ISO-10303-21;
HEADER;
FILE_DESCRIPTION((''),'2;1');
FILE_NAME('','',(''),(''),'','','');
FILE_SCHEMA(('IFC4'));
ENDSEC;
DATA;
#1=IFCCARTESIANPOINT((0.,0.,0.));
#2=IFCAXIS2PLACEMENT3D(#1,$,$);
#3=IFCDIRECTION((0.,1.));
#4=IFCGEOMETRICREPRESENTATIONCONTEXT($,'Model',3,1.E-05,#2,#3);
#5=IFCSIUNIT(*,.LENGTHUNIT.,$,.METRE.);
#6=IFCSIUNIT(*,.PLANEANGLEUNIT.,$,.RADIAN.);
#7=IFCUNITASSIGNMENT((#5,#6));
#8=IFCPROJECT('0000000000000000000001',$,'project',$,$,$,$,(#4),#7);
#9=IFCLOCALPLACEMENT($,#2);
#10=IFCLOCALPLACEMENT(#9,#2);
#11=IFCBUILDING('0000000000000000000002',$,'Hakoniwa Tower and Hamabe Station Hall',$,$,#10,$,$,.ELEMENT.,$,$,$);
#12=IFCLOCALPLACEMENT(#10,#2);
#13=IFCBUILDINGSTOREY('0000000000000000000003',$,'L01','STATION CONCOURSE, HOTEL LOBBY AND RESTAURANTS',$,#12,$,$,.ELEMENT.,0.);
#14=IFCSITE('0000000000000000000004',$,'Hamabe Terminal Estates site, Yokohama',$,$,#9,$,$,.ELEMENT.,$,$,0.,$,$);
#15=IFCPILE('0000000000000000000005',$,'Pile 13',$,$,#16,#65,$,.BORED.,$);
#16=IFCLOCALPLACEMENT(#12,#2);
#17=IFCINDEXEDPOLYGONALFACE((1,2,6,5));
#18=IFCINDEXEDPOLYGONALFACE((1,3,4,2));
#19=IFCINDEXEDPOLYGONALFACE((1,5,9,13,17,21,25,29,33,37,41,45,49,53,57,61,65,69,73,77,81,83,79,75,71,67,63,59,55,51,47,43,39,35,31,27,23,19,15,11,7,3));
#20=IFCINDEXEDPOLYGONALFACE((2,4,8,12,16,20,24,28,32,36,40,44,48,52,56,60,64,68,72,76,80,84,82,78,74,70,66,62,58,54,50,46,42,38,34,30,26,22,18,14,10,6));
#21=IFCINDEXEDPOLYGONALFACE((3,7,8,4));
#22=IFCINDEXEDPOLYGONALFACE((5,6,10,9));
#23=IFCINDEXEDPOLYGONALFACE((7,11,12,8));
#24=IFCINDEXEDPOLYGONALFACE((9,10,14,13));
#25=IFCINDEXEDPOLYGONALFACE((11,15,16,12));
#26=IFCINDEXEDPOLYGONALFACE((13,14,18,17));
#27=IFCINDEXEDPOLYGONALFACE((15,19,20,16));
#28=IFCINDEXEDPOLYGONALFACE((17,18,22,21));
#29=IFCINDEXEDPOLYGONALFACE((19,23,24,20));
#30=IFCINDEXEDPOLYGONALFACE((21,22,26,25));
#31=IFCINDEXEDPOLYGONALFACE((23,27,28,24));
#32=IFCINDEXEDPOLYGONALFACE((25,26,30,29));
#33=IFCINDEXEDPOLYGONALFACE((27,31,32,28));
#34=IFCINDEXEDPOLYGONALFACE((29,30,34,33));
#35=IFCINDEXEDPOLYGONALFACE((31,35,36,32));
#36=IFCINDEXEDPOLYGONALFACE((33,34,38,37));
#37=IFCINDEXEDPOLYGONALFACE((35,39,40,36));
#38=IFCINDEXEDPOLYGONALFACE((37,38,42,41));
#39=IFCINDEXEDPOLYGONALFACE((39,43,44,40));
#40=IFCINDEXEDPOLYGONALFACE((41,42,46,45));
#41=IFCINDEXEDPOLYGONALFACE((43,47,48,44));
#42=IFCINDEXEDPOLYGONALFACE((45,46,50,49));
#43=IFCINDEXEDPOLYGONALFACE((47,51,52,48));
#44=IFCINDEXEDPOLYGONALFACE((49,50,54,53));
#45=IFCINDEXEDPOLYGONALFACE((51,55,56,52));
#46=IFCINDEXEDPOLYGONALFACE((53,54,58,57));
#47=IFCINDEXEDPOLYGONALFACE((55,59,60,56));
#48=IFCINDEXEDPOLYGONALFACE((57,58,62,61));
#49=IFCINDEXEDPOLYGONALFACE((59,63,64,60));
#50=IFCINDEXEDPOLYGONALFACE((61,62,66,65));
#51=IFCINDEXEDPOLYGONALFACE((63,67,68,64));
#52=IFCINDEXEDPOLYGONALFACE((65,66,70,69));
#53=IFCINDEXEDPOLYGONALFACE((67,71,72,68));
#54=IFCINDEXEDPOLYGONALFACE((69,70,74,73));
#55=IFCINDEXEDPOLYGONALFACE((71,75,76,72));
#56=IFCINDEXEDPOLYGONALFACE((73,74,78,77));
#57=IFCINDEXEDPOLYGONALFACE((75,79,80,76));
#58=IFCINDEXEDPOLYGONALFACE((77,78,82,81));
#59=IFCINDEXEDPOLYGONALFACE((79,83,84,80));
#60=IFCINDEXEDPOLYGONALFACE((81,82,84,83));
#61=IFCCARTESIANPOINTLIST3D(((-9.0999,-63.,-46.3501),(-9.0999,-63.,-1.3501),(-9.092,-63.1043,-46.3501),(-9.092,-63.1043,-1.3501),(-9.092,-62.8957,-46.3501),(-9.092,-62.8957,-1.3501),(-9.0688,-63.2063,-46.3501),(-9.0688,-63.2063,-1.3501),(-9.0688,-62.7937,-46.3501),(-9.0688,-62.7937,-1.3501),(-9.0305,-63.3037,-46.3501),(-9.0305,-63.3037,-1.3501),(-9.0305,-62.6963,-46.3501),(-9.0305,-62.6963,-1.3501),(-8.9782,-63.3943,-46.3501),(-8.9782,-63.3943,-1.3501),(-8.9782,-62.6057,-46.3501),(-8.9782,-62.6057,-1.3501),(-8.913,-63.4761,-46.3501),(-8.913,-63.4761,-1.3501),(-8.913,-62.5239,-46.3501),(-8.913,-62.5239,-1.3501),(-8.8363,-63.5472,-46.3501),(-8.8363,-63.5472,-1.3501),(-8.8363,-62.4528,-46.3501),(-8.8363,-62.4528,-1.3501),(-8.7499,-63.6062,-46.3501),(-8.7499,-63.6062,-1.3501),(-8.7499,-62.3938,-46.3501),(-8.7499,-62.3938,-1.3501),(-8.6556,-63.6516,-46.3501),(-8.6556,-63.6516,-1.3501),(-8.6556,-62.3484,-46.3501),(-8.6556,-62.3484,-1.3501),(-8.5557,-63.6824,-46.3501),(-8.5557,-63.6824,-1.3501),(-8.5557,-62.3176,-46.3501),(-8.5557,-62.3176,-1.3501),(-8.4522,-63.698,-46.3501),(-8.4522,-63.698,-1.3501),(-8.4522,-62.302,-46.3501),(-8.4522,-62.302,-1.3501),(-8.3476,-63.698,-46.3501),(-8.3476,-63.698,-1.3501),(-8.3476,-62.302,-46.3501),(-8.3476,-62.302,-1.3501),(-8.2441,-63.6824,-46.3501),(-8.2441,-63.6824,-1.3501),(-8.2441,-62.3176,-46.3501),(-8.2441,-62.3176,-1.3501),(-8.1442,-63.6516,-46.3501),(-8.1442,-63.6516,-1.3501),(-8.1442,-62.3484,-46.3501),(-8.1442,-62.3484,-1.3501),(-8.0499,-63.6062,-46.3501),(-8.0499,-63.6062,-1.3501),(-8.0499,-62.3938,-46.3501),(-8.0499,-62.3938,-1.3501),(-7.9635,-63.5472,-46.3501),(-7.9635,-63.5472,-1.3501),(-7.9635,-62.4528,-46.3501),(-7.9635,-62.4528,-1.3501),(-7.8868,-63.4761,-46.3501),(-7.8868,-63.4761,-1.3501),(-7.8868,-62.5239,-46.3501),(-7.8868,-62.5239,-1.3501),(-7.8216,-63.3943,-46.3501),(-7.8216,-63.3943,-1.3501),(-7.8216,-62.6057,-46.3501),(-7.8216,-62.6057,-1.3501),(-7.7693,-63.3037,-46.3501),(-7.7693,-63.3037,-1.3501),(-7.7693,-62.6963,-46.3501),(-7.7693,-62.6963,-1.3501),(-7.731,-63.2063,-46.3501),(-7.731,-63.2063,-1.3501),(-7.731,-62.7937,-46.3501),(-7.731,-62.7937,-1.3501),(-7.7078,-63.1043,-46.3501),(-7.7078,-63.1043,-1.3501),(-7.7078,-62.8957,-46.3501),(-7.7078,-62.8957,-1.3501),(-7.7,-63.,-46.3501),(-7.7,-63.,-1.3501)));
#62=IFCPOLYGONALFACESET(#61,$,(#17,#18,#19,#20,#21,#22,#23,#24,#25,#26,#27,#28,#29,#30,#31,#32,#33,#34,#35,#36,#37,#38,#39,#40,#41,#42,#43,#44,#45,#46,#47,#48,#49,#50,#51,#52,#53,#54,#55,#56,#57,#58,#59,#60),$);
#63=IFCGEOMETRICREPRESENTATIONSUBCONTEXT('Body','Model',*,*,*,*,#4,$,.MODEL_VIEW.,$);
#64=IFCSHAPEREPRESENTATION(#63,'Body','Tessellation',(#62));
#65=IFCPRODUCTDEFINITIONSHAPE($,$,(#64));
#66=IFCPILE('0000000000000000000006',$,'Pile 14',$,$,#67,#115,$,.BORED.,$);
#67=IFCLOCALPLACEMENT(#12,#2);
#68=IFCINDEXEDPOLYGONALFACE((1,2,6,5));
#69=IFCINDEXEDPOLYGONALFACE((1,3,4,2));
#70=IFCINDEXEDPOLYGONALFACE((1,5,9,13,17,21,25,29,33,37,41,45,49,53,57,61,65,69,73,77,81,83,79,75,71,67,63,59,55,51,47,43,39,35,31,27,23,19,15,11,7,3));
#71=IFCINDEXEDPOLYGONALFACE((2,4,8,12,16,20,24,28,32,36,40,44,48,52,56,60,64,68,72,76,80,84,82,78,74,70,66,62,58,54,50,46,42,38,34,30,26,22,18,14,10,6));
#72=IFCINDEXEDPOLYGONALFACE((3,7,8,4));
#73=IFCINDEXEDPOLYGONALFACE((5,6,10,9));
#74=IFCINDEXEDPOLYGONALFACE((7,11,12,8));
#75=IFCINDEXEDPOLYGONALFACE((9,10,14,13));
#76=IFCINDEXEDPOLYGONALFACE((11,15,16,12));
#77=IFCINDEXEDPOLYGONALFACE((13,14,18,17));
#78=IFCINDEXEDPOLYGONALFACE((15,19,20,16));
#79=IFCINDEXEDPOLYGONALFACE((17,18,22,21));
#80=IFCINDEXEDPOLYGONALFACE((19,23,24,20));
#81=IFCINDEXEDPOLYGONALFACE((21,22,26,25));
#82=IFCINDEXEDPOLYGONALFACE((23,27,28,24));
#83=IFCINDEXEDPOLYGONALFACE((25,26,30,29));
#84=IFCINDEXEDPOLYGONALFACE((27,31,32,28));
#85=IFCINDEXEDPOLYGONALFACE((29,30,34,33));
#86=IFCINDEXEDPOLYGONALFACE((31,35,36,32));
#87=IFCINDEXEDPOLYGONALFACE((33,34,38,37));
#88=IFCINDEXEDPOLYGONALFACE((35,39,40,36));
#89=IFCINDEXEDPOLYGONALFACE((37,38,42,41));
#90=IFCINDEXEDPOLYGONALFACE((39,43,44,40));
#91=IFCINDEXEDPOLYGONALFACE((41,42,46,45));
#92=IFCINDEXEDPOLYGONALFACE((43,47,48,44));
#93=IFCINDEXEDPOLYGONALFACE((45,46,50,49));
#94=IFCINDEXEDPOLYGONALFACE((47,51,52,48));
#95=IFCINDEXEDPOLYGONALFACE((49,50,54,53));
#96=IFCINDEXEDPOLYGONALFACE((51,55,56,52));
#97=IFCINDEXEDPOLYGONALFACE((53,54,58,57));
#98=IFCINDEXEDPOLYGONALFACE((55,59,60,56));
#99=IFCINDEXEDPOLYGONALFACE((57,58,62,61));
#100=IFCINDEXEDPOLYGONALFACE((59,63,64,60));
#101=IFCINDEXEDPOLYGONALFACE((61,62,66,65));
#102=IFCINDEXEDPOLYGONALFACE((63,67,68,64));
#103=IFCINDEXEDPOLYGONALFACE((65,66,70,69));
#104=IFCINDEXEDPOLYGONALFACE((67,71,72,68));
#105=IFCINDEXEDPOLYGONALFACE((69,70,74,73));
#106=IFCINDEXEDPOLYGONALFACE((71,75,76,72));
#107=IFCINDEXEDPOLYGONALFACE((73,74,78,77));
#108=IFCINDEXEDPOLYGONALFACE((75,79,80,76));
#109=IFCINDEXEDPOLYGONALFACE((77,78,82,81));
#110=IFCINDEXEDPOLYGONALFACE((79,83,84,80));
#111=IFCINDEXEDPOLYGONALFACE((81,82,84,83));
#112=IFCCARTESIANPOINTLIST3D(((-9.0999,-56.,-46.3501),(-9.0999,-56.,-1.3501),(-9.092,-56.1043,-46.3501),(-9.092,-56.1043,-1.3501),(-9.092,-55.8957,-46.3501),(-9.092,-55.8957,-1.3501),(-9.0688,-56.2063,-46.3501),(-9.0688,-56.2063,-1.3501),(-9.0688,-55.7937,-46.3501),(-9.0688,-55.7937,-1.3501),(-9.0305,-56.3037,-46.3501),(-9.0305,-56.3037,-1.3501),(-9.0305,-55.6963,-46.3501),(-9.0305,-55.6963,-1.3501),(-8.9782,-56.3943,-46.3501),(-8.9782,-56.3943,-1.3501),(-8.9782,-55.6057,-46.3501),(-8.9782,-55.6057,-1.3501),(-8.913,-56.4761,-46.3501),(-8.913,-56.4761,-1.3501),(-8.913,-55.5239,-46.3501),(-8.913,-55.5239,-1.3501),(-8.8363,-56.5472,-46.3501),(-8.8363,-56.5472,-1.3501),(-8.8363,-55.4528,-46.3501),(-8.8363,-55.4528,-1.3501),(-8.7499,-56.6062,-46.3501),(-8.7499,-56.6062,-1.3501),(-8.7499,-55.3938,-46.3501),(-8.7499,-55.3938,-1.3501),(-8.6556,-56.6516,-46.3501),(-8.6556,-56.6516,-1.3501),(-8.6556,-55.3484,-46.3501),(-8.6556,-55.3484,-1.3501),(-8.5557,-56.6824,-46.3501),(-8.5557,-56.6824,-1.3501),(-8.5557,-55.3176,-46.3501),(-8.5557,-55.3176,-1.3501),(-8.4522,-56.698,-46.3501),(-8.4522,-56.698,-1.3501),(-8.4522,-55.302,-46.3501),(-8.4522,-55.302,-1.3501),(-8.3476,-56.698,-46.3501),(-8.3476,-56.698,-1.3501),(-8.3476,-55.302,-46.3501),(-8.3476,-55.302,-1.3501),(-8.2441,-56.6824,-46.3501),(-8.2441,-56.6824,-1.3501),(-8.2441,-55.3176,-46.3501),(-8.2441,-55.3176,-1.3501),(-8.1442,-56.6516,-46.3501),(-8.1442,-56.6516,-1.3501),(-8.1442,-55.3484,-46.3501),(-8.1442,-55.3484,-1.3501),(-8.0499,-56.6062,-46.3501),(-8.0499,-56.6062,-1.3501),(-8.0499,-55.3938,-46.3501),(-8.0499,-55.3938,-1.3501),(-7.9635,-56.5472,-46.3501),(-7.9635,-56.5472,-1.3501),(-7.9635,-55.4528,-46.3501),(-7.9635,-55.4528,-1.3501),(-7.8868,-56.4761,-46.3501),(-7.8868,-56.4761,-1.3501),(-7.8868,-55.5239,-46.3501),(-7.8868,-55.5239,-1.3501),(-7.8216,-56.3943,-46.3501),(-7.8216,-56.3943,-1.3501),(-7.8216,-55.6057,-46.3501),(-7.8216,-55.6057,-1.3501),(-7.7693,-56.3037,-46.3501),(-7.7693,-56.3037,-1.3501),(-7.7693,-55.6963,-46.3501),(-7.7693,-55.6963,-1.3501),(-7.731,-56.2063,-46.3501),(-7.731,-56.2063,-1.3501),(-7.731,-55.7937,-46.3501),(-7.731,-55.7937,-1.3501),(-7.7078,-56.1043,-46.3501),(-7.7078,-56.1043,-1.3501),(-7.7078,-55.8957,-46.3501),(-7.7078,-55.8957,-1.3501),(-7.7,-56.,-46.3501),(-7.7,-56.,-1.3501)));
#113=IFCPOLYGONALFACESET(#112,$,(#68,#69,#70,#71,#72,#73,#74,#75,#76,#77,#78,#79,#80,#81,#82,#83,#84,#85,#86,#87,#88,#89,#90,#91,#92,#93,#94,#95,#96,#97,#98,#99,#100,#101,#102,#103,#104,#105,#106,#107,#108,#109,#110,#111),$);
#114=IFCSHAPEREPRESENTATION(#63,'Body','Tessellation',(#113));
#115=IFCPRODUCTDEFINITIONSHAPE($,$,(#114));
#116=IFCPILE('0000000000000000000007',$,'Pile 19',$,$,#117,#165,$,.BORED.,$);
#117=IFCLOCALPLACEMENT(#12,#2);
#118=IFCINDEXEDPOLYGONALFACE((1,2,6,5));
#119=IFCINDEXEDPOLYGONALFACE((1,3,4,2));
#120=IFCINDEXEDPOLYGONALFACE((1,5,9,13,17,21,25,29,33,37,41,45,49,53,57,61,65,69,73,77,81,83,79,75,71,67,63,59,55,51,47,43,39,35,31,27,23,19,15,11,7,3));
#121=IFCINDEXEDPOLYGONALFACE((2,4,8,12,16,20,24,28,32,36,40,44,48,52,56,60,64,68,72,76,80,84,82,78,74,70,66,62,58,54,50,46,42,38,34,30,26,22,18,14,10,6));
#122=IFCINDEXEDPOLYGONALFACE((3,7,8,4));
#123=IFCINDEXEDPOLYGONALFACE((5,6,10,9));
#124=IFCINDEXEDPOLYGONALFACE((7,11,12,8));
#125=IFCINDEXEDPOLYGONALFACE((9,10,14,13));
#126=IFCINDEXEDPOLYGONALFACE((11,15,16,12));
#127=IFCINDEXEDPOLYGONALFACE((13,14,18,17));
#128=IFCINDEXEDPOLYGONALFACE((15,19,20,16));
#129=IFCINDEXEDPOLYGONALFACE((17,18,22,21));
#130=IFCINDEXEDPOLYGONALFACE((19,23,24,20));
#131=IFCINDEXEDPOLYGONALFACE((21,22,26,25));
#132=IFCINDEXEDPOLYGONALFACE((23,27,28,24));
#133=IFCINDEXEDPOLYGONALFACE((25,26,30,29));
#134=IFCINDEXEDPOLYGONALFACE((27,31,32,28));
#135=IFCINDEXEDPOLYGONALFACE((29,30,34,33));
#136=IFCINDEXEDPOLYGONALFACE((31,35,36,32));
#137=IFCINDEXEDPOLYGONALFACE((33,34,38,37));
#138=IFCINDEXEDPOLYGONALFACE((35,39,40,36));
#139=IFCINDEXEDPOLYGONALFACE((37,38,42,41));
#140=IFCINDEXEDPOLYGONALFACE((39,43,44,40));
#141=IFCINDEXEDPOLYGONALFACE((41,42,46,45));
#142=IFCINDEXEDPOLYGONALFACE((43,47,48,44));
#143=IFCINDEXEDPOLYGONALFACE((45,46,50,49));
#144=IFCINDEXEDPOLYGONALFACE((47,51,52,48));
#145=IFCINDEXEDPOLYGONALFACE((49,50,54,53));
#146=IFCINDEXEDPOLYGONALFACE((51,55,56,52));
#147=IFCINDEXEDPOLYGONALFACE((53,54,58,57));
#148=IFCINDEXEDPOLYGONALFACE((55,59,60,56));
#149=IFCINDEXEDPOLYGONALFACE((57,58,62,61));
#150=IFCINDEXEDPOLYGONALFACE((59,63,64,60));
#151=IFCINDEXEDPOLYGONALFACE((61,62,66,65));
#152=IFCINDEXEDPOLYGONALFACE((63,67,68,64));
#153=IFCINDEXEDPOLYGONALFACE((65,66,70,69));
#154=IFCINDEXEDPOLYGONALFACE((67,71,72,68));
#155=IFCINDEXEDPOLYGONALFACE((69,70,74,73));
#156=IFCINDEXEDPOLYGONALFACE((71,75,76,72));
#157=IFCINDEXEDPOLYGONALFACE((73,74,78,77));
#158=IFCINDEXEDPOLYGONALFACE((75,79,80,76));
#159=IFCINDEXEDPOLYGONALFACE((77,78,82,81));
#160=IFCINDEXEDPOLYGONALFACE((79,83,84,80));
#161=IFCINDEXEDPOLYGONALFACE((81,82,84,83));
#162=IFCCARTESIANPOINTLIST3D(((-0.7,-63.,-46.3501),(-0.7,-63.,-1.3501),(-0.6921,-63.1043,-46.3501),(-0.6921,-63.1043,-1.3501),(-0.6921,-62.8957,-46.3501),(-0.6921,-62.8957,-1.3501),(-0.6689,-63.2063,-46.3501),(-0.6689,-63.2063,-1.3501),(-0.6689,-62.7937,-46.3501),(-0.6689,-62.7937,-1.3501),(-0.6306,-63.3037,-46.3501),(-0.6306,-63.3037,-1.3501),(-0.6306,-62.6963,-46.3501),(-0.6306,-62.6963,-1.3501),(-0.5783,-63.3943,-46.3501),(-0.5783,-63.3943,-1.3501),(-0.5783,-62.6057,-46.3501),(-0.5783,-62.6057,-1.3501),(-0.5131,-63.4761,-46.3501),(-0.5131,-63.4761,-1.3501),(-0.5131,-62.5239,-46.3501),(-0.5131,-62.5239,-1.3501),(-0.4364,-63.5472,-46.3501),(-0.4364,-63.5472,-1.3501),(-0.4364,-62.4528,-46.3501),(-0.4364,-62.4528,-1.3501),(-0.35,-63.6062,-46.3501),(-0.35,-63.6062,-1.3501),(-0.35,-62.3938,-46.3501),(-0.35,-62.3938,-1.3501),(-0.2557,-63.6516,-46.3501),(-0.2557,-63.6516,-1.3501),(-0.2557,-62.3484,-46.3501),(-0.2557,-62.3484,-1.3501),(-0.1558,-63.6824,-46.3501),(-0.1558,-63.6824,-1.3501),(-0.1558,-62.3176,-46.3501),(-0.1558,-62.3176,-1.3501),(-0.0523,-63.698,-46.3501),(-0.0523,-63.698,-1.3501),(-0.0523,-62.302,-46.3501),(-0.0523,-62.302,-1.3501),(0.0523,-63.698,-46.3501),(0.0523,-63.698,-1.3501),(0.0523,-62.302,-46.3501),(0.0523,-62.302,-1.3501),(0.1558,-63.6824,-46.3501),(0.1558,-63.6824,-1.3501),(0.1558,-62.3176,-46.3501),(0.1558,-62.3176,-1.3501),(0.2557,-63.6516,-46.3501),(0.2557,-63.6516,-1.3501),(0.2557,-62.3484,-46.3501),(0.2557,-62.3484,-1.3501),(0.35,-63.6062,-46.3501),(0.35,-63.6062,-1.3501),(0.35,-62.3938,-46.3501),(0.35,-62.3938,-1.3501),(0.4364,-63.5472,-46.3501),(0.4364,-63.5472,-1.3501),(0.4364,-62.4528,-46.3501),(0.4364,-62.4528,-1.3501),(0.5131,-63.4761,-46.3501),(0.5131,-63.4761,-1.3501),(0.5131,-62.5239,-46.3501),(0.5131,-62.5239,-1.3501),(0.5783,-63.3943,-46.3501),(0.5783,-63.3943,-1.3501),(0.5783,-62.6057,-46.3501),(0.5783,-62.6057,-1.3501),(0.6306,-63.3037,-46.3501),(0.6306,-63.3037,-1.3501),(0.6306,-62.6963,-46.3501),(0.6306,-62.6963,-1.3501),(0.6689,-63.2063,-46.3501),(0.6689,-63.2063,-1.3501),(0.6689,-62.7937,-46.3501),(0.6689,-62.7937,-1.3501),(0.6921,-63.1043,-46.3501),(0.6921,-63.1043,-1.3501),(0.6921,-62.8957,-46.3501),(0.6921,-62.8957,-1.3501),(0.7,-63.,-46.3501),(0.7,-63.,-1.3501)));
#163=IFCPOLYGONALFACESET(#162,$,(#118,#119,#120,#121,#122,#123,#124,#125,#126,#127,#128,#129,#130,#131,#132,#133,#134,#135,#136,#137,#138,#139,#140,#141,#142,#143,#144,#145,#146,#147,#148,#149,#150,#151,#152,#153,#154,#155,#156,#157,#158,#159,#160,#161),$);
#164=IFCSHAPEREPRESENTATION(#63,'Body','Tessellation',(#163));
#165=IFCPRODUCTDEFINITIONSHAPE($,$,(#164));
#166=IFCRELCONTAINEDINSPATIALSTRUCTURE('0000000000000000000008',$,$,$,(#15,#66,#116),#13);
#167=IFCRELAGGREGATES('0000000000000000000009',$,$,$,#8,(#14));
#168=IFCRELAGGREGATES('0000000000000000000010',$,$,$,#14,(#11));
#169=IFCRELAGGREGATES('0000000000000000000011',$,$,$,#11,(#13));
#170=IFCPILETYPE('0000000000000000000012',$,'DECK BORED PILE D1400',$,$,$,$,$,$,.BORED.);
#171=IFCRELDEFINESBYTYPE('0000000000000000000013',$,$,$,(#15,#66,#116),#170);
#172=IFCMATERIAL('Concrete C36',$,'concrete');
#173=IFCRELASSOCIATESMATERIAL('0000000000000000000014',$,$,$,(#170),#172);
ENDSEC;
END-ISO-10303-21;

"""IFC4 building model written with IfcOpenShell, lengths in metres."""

from ifc_helpers import new_model, si_unit, direction, frame, origin, origin_2d, place, context, subcontext, project, spatial, circle, extrude, material, material_profile, profile_set, type_object, element, save


model = new_model("IFC4")

# Units and contexts
model_context = context("Model", 3, precision=1e-05, world=origin(), true_north=direction((0.0, 1.0)))
body_context = subcontext(model_context, "Body", "Model", "MODEL_VIEW")
ifc_project = project(units=[si_unit("LENGTHUNIT", "METRE"), si_unit("PLANEANGLEUNIT", "RADIAN")], contexts=[model_context])

# Site, building, storey
site_placement = place(None, origin())
site = spatial("IfcSite", under=ifc_project, at=site_placement, Name="Hamabe Terminal Estates site, Yokohama", CompositionType="ELEMENT", RefElevation=0.0)
building_placement = place(site_placement, origin())
building = spatial("IfcBuilding", under=site, at=building_placement, Name="Hakoniwa Tower and Hamabe Station Hall", CompositionType="ELEMENT")
storey_placement = place(building_placement, origin())
storey = spatial("IfcBuildingStorey", under=building, at=storey_placement, Name="L01", Description="STATION CONCOURSE, HOTEL LOBBY AND RESTAURANTS", CompositionType="ELEMENT", Elevation=0.0)

# Piles
ifc_material_1 = material(Name="Concrete C36", Category="concrete")
ifc_material_profile_1 = material_profile(ifc_material_1, circle(Radius=0.7, at=origin_2d()), Name="DECK BORED PILE D1400")
ifc_profile_set_1 = profile_set([ifc_material_profile_1], Name="Concrete C36")
pile_type_1 = type_object("IfcPileType", Name="DECK BORED PILE D1400", PredefinedType="BORED", material=ifc_profile_set_1)
for number, where, z_axis, x_axis, name in (
    (1, (-8.3999, -63.0, -1.3501), (0.0, 0.0, -1.0), (1.0, 0.0, 0.0), "Pile 13"),
    (2, (-8.3999, -56.0, -1.3501), (0.0, 0.0, -1.0), (1.0, 0.0, 0.0), "Pile 14"),
    (3, (0.0, -63.0, -1.3501), (0.0, 0.0, -1.0), (1.0, 0.0, 0.0), "Pile 19"),
):
    element("IfcPile", number, at=place(storey_placement, frame(where, z_axis=z_axis, x_axis=x_axis)), inside=storey, type_object=pile_type_1, Name=name, PredefinedType="BORED", context=body_context, shape_type="SweptSolid", body=[
        extrude(circle(Radius=0.7, at=origin_2d()), origin(), (0.0, 0.0, 1.0), 45.0),
    ])

save(model, "model.ifc")
